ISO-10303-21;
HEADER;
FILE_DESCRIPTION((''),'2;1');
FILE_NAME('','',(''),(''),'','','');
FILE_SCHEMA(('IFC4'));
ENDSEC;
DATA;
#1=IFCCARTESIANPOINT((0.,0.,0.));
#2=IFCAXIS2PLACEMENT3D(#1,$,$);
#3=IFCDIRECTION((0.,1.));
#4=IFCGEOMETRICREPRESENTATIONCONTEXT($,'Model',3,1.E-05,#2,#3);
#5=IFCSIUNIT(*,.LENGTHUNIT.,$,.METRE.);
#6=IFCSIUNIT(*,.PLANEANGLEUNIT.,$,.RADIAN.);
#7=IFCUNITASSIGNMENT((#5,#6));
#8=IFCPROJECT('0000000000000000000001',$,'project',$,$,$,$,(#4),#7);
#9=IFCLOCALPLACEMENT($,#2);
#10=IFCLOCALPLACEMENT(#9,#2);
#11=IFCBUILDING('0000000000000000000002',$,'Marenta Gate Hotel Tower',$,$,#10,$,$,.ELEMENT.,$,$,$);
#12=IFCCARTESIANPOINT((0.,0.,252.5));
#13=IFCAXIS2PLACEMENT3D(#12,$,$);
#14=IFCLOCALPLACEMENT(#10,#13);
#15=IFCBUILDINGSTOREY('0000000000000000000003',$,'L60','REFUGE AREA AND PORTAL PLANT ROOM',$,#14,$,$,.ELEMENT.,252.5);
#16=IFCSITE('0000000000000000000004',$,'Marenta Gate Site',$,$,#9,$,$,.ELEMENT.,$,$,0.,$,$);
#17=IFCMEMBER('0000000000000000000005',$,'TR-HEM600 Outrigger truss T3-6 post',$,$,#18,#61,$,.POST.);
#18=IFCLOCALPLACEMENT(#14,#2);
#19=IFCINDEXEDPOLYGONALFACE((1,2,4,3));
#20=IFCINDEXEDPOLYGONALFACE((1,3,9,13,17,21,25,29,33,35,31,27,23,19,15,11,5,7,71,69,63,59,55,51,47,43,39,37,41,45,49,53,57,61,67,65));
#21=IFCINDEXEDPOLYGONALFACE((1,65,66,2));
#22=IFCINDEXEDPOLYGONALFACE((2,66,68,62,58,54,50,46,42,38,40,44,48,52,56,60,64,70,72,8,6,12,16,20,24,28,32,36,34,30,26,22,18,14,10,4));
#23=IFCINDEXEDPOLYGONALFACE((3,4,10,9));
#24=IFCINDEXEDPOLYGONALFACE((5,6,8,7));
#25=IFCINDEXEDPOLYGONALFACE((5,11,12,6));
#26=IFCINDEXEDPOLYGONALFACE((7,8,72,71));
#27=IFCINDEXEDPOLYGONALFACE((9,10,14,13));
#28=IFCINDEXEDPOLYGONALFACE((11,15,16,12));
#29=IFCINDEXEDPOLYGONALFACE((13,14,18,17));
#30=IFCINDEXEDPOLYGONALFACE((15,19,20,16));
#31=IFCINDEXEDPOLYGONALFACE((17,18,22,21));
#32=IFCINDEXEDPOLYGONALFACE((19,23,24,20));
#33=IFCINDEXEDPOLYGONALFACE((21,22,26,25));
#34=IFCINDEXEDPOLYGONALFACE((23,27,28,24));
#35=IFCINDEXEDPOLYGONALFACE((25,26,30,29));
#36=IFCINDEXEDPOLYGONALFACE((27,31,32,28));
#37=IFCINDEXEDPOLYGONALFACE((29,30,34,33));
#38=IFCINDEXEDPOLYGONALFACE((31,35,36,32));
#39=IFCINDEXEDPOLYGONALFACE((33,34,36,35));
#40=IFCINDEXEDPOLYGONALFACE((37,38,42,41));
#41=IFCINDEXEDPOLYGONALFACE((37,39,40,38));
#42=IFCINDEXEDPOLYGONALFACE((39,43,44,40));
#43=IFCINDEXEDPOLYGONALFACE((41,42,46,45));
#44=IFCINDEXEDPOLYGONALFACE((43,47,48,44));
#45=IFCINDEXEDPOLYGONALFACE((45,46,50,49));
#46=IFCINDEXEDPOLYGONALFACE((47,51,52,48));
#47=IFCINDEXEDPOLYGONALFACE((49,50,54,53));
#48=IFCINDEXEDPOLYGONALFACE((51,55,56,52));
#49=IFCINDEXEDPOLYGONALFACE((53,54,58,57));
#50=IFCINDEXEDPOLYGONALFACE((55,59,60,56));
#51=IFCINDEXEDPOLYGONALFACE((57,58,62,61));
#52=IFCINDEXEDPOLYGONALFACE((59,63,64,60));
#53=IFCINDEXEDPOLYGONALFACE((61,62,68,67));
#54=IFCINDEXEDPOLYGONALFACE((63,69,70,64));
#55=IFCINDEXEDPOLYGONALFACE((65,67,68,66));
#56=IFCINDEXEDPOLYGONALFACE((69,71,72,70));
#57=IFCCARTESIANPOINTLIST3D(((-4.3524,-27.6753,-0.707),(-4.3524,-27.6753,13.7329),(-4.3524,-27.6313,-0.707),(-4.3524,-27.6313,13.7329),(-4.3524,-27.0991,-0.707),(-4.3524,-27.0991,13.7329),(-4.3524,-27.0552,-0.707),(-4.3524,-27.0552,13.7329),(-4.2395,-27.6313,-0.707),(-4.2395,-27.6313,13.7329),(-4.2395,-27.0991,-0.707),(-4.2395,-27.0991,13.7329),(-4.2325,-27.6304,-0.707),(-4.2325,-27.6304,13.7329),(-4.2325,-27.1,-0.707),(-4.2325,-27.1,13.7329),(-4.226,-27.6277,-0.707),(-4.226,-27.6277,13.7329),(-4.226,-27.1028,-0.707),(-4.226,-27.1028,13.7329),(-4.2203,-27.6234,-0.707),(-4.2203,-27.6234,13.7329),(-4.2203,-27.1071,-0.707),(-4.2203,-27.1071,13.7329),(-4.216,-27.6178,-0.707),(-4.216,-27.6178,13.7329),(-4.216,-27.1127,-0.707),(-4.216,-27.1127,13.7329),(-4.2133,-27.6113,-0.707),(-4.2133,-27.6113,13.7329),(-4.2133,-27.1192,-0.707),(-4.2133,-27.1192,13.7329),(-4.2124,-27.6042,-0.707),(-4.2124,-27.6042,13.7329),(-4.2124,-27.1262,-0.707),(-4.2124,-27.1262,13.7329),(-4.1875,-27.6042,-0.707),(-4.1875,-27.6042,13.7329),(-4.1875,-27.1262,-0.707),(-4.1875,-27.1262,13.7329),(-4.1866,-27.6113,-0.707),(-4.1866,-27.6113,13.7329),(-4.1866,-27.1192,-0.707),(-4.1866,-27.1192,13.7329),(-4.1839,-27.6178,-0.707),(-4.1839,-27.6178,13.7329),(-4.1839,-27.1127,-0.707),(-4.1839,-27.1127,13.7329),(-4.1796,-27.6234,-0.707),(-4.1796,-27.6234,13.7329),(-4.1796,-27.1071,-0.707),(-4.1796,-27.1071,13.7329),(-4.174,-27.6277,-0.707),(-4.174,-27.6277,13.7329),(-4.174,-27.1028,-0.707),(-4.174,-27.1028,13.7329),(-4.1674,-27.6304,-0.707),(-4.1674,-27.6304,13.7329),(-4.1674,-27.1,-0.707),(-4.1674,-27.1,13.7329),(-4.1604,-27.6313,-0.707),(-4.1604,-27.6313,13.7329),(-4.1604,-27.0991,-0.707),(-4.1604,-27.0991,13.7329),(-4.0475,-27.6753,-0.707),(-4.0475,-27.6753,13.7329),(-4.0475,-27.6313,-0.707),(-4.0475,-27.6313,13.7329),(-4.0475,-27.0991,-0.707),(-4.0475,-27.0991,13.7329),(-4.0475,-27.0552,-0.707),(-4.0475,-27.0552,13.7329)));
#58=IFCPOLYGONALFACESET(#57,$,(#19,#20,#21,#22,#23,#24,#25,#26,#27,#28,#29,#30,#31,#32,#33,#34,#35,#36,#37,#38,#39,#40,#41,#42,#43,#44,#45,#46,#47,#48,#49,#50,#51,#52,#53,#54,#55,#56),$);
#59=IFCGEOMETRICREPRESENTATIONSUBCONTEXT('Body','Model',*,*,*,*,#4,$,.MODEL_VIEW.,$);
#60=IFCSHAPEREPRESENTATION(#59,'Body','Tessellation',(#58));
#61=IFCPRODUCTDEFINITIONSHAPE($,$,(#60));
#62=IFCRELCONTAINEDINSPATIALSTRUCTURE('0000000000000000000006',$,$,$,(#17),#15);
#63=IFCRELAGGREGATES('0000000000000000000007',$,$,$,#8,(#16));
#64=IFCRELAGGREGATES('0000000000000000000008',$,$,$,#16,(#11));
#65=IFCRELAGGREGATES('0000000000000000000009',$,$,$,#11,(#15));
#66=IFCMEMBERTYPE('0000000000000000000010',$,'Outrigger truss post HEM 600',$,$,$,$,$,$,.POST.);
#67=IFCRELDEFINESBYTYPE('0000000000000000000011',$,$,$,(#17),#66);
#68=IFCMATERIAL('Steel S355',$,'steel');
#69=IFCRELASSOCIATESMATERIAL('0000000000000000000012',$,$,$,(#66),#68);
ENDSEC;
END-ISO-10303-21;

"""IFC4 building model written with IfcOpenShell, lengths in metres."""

from ifc_helpers import new_model, si_unit, direction, frame, origin, origin_2d, place, context, subcontext, project, spatial, i_section, extrude, material, material_profile, profile_set, type_object, element, save


model = new_model("IFC4")

# Units and contexts
model_context = context("Model", 3, precision=1e-05, world=origin(), true_north=direction((0.0, 1.0)))
body_context = subcontext(model_context, "Body", "Model", "MODEL_VIEW")
ifc_project = project(units=[si_unit("LENGTHUNIT", "METRE"), si_unit("PLANEANGLEUNIT", "RADIAN")], contexts=[model_context])

# Site, building, storey
site_placement = place(None, origin())
site = spatial("IfcSite", under=ifc_project, at=site_placement, Name="Marenta Gate Site", CompositionType="ELEMENT", RefElevation=0.0)
building_placement = place(site_placement, origin())
building = spatial("IfcBuilding", under=site, at=building_placement, Name="Marenta Gate Hotel Tower", CompositionType="ELEMENT")
storey_placement = place(building_placement, frame((0.0, 0.0, 252.5)))
storey = spatial("IfcBuildingStorey", under=building, at=storey_placement, Name="L60", Description="REFUGE AREA AND PORTAL PLANT ROOM", CompositionType="ELEMENT", Elevation=252.5)

# Member
ifc_material_1 = material(Name="Steel S355", Category="steel")
ifc_material_profile_1 = material_profile(ifc_material_1, i_section(OverallWidth=0.3049, OverallDepth=0.6201, WebThickness=0.0249, FlangeThickness=0.0439, FilletRadius=0.0271, at=origin_2d()), Name="HEM 600")
ifc_profile_set_1 = profile_set([ifc_material_profile_1], Name="Steel S355")
member_type_1 = type_object("IfcMemberType", Name="Outrigger truss post HEM 600", PredefinedType="POST", material=ifc_profile_set_1)
for number, where, z_axis, x_axis, name in (
    (1, (-4.2, -27.3652, -0.707), (0.0, 0.0, 1.0), (1.0, 0.0, 0.0), "TR-HEM600 Outrigger truss T3-6 post"),
):
    element("IfcMember", number, at=place(storey_placement, frame(where, z_axis=z_axis, x_axis=x_axis)), inside=storey, type_object=member_type_1, Name=name, PredefinedType="POST", context=body_context, shape_type="SweptSolid", body=[
        extrude(i_section(OverallWidth=0.3049, OverallDepth=0.6201, WebThickness=0.0249, FlangeThickness=0.0439, FilletRadius=0.0271, at=origin_2d()), origin(), (0.0, 0.0, 1.0), 14.4399),
    ])

save(model, "model.ifc")
